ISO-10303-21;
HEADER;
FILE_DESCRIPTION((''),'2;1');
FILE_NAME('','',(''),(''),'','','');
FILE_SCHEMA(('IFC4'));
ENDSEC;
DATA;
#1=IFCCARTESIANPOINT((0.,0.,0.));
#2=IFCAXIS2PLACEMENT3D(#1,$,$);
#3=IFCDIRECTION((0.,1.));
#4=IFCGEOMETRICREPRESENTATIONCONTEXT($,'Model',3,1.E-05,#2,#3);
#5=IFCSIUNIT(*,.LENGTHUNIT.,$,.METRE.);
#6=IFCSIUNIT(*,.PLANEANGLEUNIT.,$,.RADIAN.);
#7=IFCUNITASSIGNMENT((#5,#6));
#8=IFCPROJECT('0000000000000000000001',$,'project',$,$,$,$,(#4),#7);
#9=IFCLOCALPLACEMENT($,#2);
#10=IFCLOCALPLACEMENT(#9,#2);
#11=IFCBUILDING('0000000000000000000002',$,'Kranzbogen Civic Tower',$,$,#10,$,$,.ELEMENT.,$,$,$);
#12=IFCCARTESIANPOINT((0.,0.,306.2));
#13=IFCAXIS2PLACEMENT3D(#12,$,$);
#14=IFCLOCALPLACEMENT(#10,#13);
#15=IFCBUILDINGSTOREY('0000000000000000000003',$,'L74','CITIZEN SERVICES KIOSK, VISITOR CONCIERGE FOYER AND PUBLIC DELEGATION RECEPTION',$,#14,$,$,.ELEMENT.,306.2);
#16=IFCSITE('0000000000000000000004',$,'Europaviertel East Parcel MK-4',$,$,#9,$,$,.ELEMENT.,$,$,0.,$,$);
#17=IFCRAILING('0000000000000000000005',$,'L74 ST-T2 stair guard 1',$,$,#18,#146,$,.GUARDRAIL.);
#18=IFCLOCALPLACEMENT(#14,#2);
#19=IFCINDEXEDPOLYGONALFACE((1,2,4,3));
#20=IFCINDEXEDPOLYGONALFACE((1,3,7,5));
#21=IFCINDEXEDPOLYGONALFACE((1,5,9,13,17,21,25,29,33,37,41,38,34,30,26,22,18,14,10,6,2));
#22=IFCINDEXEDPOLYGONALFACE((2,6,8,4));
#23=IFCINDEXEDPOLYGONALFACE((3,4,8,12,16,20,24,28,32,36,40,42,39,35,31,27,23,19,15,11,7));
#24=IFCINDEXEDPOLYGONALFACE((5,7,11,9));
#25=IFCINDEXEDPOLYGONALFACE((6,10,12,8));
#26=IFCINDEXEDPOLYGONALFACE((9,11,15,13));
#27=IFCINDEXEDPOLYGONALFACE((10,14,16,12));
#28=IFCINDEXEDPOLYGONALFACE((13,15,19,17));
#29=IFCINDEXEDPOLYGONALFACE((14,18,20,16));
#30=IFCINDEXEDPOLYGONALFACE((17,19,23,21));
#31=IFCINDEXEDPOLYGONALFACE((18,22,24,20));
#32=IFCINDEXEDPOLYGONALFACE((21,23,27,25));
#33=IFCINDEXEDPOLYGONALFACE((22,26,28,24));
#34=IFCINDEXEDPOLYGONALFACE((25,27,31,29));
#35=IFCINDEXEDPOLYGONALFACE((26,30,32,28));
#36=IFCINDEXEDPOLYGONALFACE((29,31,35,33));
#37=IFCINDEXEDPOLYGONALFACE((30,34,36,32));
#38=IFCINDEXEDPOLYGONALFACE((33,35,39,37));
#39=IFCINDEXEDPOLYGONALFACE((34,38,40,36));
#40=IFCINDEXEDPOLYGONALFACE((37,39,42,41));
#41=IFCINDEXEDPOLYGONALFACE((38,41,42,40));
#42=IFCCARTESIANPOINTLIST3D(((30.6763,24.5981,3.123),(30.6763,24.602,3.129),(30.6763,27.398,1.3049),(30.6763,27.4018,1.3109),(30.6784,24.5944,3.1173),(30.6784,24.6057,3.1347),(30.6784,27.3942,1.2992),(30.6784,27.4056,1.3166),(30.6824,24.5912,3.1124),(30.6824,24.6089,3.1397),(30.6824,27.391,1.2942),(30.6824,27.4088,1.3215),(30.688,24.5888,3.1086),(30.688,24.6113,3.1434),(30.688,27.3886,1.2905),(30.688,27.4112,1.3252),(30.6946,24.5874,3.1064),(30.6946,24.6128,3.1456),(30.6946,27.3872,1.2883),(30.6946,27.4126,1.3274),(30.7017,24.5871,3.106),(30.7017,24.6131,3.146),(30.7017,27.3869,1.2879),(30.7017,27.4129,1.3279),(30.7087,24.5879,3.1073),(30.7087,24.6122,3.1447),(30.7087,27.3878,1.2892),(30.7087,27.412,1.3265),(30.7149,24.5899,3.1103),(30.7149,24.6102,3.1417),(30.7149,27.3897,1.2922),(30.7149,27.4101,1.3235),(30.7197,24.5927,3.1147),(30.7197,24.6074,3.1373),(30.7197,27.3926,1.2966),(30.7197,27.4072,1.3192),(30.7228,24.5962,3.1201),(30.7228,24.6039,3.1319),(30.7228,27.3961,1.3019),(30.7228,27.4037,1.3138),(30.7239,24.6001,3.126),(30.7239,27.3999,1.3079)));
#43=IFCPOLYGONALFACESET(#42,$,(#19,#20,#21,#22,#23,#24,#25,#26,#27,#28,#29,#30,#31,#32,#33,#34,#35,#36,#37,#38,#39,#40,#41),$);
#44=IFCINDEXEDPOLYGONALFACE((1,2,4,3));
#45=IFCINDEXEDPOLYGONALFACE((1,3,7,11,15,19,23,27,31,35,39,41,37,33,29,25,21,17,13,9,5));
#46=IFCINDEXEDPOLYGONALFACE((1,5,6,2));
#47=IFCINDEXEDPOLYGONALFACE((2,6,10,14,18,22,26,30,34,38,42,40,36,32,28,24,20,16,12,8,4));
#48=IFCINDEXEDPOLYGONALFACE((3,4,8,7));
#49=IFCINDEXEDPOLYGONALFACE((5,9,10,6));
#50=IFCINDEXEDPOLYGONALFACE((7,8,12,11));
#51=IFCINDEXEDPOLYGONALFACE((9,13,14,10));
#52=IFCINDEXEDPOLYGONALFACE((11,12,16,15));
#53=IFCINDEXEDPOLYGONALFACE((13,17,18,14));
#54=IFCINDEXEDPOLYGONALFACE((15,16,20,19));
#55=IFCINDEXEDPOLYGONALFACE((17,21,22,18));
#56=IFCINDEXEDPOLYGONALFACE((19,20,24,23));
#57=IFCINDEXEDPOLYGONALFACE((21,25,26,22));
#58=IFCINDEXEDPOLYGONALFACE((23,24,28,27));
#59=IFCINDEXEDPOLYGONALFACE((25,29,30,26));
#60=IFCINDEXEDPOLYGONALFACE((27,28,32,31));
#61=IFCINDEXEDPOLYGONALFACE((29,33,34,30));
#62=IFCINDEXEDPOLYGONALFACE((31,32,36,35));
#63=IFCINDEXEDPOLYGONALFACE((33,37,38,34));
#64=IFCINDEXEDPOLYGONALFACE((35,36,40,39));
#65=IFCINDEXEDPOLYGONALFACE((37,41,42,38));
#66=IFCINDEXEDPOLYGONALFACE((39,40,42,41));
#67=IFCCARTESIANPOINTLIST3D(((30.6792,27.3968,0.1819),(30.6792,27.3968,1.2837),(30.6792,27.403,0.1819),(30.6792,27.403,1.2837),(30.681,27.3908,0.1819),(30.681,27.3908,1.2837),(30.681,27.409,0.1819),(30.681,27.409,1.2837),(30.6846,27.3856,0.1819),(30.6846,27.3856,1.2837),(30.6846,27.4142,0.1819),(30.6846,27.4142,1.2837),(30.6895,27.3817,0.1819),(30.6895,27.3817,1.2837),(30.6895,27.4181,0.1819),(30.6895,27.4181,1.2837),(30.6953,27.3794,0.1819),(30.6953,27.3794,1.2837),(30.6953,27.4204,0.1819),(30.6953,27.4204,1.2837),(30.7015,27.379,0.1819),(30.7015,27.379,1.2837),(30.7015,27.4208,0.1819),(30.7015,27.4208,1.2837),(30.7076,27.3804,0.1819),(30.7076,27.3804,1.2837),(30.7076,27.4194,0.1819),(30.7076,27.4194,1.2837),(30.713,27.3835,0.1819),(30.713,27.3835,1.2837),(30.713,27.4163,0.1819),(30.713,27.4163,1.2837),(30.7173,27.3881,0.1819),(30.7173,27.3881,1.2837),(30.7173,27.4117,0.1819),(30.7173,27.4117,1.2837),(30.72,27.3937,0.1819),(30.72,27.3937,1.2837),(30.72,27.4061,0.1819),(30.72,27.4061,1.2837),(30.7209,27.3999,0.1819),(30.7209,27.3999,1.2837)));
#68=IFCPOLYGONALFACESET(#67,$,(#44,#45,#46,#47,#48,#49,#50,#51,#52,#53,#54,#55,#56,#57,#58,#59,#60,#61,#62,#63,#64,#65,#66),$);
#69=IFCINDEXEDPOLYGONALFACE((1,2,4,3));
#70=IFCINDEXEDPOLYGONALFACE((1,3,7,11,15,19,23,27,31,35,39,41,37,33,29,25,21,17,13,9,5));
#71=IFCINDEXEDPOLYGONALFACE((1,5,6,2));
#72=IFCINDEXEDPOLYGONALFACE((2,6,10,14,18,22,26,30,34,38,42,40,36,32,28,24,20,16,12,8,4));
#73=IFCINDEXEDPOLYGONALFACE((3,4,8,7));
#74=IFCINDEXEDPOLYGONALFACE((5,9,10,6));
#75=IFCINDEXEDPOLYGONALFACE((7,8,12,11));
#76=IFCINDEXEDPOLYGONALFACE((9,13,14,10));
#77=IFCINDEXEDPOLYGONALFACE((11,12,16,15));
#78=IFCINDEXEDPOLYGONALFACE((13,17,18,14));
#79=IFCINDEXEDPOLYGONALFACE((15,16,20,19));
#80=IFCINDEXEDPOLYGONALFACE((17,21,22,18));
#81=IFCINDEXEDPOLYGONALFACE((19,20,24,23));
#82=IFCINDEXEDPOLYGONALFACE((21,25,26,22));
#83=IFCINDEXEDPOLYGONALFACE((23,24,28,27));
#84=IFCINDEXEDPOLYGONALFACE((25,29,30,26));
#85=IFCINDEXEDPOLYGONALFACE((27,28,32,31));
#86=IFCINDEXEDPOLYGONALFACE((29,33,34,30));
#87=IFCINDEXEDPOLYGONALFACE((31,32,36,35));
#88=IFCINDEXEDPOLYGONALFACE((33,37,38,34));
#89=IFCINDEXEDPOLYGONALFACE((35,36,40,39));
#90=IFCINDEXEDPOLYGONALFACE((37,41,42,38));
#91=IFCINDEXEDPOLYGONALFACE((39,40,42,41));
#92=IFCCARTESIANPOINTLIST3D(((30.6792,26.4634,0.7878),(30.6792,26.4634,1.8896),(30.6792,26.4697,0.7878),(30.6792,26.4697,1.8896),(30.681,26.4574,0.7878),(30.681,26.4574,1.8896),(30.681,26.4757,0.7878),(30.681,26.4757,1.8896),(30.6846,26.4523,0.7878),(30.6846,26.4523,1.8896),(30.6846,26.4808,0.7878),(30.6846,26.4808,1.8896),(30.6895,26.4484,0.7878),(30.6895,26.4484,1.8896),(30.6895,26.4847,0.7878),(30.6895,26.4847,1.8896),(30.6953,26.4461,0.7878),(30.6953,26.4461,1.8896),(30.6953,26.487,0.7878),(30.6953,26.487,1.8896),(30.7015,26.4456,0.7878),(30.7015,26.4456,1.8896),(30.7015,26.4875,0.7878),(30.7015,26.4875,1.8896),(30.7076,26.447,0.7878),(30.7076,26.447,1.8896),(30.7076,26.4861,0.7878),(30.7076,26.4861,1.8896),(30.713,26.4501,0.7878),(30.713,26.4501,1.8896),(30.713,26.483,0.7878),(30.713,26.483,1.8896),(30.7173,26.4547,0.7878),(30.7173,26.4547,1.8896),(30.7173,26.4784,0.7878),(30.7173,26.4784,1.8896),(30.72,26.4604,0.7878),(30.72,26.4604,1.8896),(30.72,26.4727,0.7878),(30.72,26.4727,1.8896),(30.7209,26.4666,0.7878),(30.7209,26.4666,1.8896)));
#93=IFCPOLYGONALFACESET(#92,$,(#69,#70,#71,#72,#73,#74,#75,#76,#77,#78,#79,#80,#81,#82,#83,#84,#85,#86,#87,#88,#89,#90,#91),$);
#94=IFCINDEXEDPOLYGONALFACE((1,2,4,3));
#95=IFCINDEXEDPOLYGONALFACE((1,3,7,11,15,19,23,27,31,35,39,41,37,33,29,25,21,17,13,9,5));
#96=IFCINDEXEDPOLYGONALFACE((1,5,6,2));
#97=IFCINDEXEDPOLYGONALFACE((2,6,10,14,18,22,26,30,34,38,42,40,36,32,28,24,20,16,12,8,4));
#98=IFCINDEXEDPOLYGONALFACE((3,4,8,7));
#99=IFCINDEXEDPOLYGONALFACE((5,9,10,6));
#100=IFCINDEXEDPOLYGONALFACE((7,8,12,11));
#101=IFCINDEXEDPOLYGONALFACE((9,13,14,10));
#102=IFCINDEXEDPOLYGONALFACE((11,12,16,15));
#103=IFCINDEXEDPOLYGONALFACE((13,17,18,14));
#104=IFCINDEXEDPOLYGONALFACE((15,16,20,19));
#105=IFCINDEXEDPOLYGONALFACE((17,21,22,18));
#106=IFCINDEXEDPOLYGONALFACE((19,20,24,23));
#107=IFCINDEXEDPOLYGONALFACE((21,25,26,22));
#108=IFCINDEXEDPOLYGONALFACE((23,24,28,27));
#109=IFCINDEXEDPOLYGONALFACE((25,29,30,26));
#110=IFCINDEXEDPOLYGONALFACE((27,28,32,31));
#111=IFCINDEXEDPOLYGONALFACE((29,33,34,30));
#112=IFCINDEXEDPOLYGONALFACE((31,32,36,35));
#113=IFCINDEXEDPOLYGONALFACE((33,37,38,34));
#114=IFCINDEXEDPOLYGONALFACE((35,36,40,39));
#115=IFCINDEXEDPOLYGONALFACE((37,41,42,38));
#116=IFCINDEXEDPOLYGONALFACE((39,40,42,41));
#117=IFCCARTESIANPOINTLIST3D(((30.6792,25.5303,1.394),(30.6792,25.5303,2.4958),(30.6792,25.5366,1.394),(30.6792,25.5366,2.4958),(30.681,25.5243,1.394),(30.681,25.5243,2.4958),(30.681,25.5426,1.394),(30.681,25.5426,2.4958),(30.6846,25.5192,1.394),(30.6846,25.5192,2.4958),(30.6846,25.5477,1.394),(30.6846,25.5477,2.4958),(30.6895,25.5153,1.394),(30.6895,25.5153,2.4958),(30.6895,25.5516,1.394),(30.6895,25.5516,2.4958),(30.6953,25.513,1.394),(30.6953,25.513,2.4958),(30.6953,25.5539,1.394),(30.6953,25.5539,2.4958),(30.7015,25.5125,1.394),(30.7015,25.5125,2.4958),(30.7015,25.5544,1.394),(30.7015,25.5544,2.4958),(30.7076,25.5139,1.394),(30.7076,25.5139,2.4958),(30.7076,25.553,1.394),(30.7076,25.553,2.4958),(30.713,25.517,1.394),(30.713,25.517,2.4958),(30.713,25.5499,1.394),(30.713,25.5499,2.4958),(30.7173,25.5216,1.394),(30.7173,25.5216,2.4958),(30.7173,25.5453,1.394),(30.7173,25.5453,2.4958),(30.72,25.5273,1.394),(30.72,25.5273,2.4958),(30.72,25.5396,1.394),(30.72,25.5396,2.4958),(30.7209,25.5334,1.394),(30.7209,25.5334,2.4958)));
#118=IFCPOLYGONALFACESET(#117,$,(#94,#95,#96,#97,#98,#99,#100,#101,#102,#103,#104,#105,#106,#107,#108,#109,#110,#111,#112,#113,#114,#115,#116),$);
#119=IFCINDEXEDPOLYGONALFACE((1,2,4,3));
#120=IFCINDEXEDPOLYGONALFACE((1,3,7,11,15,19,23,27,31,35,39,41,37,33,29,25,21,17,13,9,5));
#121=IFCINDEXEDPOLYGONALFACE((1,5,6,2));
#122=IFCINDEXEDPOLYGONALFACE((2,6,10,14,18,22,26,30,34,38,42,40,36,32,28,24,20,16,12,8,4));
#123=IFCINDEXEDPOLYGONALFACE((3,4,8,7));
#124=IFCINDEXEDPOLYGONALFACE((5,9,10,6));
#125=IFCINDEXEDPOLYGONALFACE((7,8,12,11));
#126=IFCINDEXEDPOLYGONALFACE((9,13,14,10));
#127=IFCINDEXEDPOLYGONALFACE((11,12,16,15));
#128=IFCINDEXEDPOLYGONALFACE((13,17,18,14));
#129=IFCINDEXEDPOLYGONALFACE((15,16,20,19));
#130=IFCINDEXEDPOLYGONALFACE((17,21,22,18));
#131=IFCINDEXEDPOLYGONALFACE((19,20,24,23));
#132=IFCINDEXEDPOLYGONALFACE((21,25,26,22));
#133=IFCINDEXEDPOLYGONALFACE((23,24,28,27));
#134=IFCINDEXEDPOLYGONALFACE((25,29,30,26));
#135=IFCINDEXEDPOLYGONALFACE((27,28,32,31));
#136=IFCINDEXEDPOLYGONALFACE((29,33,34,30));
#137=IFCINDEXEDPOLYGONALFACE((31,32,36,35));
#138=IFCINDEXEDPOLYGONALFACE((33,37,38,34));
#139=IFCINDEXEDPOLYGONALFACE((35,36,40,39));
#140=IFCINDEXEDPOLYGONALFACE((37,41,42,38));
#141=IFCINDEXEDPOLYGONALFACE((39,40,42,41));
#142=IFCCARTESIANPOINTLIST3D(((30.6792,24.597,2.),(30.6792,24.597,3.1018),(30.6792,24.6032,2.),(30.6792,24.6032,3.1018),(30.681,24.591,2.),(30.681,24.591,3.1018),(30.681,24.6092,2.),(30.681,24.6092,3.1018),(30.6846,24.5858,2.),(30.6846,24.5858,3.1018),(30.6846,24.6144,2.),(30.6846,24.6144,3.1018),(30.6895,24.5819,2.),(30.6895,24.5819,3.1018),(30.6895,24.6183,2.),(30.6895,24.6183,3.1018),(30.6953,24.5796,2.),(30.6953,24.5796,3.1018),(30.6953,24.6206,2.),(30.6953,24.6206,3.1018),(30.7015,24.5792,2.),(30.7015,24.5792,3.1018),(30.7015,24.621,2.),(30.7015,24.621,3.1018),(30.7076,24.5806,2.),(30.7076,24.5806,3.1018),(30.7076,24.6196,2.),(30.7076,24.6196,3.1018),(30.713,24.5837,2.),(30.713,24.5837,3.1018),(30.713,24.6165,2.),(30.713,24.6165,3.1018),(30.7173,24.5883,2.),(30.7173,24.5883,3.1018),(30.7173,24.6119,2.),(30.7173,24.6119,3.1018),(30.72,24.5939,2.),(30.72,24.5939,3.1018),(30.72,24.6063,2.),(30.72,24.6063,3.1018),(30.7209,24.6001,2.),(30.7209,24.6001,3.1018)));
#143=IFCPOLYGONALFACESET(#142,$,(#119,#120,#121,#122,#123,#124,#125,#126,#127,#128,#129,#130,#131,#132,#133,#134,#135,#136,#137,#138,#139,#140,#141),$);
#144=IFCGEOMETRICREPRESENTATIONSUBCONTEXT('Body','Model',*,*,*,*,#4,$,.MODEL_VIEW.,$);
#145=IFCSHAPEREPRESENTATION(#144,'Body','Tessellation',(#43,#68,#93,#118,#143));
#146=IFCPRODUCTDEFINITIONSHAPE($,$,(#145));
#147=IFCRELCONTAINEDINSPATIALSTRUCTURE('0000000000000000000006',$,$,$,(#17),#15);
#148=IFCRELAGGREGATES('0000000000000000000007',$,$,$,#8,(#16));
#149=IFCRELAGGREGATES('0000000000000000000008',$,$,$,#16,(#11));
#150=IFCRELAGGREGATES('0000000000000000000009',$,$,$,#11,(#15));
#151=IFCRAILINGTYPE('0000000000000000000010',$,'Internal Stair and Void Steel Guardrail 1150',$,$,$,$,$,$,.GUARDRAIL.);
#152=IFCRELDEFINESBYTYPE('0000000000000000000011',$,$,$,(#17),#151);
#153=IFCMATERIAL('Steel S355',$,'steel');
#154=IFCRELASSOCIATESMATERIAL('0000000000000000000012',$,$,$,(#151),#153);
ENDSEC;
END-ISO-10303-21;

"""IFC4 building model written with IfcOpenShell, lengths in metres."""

from ifc_helpers import new_model, si_unit, direction, frame, origin, origin_2d, place, context, subcontext, project, spatial, circle, extrude, material, type_object, element, save


model = new_model("IFC4")

# Units and contexts
model_context = context("Model", 3, precision=1e-05, world=origin(), true_north=direction((0.0, 1.0)))
body_context = subcontext(model_context, "Body", "Model", "MODEL_VIEW")
ifc_project = project(units=[si_unit("LENGTHUNIT", "METRE"), si_unit("PLANEANGLEUNIT", "RADIAN")], contexts=[model_context])

# Site, building, storey
site_placement = place(None, origin())
site = spatial("IfcSite", under=ifc_project, at=site_placement, Name="Europaviertel East Parcel MK-4", CompositionType="ELEMENT", RefElevation=0.0)
building_placement = place(site_placement, origin())
building = spatial("IfcBuilding", under=site, at=building_placement, Name="Kranzbogen Civic Tower", CompositionType="ELEMENT")
storey_placement = place(building_placement, frame((0.0, 0.0, 306.2)))
storey = spatial("IfcBuildingStorey", under=building, at=storey_placement, Name="L74", Description="CITIZEN SERVICES KIOSK, VISITOR CONCIERGE FOYER AND PUBLIC DELEGATION RECEPTION", CompositionType="ELEMENT", Elevation=306.2)

# Shared definitions
ifc_material_1 = material(Name="Steel S355", Category="steel")

# Railing
railing_type_1 = type_object("IfcRailingType", Name="Internal Stair and Void Steel Guardrail 1150", PredefinedType="GUARDRAIL", material=ifc_material_1)
railing_1_placement = place(storey_placement, frame((30.7, 27.3999, 0.1819)))
element("IfcRailing", 1, at=railing_1_placement, inside=storey, type_object=railing_type_1, Name="L74 ST-T2 stair guard 1", PredefinedType="GUARDRAIL", context=body_context, shape_type="SweptSolid", body=[
    extrude(circle(Radius=0.0239, at=origin_2d()), frame((0.0, 0.0, 1.126), z_axis=(0.0, -0.838684, 0.544618), x_axis=(1.0, 0.0, 0.0)), (0.0, 0.0, 1.0), 3.3384),
    extrude(circle(Radius=0.021, at=origin_2d()), origin(), (0.0, 0.0, 1.0), 1.1018),
    extrude(circle(Radius=0.021, at=origin_2d()), frame((0.0, -0.9333, 0.606)), (0.0, 0.0, 1.0), 1.1018),
    extrude(circle(Radius=0.021, at=origin_2d()), frame((0.0, -1.8665, 1.2122)), (0.0, 0.0, 1.0), 1.1018),
    extrude(circle(Radius=0.021, at=origin_2d()), frame((0.0, -2.7998, 1.8181)), (0.0, 0.0, 1.0), 1.1018),
])

save(model, "model.ifc")
